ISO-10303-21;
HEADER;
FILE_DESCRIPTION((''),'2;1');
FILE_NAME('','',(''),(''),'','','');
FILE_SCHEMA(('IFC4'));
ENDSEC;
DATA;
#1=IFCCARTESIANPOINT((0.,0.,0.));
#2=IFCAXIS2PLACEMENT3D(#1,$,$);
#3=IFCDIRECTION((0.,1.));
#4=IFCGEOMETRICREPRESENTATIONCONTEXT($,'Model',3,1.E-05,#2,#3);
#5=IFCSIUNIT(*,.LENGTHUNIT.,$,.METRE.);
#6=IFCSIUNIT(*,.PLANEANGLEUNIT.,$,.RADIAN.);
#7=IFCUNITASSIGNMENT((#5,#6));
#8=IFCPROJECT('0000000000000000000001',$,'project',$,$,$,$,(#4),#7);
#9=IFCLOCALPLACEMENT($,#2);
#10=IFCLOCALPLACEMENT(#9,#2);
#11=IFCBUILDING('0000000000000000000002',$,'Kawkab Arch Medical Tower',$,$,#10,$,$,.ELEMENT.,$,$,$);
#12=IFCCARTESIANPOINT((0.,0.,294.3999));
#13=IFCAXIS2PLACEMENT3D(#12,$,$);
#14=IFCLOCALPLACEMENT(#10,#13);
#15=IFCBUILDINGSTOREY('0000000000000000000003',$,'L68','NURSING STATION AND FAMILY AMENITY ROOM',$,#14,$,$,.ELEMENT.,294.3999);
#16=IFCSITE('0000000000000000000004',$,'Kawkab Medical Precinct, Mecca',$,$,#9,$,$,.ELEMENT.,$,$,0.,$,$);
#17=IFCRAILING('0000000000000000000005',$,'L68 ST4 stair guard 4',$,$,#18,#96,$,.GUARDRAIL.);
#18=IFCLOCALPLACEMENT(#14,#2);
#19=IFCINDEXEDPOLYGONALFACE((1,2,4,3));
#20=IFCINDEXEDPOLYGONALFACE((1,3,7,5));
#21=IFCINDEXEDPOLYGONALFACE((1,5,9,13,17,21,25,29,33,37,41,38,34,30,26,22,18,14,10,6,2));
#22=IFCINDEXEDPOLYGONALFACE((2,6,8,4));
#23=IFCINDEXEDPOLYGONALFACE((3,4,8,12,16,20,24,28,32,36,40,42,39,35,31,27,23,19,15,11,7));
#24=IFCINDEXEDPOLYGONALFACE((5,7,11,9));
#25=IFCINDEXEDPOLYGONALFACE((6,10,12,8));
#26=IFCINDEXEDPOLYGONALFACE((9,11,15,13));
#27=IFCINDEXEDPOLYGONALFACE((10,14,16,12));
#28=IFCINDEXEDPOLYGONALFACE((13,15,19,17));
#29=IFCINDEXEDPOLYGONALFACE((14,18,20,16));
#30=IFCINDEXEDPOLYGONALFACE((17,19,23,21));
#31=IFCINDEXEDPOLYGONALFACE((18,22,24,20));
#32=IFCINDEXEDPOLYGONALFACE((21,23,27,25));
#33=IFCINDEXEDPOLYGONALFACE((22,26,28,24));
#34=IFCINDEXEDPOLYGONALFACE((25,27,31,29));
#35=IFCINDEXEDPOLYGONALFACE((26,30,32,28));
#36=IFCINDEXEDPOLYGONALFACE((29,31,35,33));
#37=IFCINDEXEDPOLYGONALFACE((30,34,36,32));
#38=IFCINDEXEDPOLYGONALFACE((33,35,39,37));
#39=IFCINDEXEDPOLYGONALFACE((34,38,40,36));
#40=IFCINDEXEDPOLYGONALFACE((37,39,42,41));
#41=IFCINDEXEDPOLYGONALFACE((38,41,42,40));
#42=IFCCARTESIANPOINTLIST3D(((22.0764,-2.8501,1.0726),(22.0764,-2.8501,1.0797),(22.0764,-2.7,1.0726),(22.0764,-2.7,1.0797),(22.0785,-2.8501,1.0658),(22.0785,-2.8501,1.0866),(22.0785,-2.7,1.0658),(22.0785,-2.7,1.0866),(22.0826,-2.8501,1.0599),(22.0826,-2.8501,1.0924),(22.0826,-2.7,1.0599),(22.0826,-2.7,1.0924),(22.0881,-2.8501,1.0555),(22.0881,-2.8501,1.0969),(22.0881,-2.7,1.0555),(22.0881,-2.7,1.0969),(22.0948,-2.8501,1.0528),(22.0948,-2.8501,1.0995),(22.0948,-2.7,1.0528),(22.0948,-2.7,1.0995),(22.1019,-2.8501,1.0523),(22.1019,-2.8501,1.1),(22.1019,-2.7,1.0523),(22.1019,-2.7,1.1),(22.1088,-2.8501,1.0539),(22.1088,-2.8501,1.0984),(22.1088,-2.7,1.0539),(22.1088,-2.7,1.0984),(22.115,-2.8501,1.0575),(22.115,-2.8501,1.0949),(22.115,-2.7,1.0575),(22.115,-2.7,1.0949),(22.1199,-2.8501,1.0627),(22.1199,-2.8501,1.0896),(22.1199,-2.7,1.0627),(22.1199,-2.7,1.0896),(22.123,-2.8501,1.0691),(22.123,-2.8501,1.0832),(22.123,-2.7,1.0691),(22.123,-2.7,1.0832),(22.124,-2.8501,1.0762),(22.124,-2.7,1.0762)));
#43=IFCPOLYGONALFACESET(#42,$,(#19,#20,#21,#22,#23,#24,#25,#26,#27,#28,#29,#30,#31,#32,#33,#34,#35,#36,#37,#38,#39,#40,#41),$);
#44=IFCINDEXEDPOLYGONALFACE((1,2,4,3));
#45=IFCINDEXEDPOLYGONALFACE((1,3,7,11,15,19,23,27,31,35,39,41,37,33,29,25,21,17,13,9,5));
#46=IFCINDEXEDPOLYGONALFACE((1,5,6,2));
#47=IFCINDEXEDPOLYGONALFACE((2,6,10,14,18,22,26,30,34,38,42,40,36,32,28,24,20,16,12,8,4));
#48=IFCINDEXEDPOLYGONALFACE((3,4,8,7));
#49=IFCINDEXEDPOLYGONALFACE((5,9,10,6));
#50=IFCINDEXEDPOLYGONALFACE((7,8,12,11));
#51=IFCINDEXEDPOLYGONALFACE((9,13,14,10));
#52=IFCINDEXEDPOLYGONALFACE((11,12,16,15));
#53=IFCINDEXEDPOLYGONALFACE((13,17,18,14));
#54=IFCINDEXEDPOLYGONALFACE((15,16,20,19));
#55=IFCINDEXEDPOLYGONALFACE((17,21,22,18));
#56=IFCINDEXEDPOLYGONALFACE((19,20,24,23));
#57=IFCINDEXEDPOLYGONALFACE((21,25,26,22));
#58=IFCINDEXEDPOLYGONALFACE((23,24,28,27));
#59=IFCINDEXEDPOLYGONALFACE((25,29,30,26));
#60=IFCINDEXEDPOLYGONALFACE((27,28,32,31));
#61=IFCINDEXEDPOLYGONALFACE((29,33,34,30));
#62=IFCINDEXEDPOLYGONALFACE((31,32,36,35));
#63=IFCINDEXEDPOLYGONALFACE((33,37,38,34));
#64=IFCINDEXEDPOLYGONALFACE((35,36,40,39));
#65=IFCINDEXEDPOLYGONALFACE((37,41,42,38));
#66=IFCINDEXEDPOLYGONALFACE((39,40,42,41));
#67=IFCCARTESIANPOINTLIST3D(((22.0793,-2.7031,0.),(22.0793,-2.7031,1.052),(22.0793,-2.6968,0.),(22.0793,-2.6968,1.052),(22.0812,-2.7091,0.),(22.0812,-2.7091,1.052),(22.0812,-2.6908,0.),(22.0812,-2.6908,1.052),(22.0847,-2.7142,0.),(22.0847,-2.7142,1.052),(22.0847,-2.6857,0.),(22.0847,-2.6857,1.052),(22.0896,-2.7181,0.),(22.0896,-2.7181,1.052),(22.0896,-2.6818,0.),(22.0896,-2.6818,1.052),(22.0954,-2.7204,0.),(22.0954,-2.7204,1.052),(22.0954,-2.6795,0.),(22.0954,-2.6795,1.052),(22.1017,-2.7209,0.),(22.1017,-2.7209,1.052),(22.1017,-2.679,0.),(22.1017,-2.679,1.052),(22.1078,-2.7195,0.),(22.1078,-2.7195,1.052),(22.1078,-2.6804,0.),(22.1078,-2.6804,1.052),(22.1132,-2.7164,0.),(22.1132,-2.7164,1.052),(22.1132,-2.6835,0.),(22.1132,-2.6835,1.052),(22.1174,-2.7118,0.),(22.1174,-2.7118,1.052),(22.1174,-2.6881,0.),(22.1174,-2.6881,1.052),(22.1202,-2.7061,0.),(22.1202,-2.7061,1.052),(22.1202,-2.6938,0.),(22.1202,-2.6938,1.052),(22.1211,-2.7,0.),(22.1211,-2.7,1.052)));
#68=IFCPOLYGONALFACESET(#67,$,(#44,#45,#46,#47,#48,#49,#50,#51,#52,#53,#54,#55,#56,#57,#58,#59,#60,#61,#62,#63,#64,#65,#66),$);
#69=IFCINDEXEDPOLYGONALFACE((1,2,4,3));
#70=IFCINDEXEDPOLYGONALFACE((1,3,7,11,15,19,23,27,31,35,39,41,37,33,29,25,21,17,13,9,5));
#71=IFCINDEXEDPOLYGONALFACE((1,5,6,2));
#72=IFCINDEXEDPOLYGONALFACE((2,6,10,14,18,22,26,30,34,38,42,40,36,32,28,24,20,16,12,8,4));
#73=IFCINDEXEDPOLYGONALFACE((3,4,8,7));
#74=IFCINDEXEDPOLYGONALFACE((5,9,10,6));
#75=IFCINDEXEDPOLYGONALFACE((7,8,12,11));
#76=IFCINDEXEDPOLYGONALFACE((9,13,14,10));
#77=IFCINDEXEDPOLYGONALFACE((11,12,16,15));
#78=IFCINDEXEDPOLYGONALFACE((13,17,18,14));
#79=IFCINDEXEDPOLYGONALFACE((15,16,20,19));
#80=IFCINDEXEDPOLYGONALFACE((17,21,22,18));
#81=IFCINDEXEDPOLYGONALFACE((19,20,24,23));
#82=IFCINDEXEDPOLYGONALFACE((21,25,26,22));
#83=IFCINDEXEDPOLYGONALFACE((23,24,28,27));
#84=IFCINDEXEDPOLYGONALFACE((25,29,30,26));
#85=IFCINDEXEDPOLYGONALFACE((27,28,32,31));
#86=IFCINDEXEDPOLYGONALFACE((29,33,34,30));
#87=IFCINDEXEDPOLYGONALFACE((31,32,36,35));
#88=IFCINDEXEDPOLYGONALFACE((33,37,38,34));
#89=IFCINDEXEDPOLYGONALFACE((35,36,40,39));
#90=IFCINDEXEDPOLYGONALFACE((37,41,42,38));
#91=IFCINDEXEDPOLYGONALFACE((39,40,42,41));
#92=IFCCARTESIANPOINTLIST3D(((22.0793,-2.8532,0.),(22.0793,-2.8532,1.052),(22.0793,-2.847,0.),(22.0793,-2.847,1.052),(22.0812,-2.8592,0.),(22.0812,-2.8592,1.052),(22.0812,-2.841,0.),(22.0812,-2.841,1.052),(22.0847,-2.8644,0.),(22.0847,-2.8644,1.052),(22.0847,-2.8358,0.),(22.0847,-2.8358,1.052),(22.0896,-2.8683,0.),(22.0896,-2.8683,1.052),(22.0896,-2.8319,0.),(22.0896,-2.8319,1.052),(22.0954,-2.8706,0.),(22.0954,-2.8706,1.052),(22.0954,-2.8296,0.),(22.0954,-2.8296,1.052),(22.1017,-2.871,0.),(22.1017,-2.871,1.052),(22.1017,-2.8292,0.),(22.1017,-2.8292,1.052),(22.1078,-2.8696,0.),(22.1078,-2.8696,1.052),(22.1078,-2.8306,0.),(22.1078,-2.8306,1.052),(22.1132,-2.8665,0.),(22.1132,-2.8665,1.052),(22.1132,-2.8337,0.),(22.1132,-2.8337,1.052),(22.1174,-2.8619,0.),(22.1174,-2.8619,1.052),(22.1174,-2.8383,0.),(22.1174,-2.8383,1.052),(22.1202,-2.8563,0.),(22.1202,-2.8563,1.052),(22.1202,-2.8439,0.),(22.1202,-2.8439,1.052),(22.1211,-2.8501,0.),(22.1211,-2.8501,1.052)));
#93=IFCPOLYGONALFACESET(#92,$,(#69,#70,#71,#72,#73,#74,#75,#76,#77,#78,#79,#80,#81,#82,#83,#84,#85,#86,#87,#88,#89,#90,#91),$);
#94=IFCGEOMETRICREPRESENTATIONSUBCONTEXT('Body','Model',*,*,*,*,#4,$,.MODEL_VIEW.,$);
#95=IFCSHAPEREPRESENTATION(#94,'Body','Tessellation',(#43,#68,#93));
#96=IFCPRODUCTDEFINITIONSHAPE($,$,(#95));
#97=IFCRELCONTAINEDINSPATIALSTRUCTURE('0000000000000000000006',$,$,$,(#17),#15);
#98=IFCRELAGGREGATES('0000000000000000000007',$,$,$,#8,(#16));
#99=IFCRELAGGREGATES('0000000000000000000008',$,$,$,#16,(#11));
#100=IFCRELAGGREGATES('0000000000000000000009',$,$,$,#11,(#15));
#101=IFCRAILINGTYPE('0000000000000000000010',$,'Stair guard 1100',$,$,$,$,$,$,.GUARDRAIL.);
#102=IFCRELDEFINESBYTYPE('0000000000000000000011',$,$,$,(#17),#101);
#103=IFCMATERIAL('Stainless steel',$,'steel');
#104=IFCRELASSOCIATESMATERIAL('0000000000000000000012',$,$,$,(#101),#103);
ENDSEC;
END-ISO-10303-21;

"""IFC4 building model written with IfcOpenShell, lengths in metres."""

from ifc_helpers import new_model, si_unit, direction, frame, origin, origin_2d, place, context, subcontext, project, spatial, circle, extrude, material, type_object, element, save


model = new_model("IFC4")

# Units and contexts
model_context = context("Model", 3, precision=1e-05, world=origin(), true_north=direction((0.0, 1.0)))
body_context = subcontext(model_context, "Body", "Model", "MODEL_VIEW")
ifc_project = project(units=[si_unit("LENGTHUNIT", "METRE"), si_unit("PLANEANGLEUNIT", "RADIAN")], contexts=[model_context])

# Site, building, storey
site_placement = place(None, origin())
site = spatial("IfcSite", under=ifc_project, at=site_placement, Name="Kawkab Medical Precinct, Mecca", CompositionType="ELEMENT", RefElevation=0.0)
building_placement = place(site_placement, origin())
building = spatial("IfcBuilding", under=site, at=building_placement, Name="Kawkab Arch Medical Tower", CompositionType="ELEMENT")
storey_placement = place(building_placement, frame((0.0, 0.0, 294.3999)))
storey = spatial("IfcBuildingStorey", under=building, at=storey_placement, Name="L68", Description="NURSING STATION AND FAMILY AMENITY ROOM", CompositionType="ELEMENT", Elevation=294.3999)

# Railing
ifc_material_1 = material(Name="Stainless steel", Category="steel")
railing_type_1 = type_object("IfcRailingType", Name="Stair guard 1100", PredefinedType="GUARDRAIL", material=ifc_material_1)
railing_1_placement = place(storey_placement, frame((22.1001, -2.7, 0.0)))
element("IfcRailing", 1, at=railing_1_placement, inside=storey, type_object=railing_type_1, Name="L68 ST4 stair guard 4", PredefinedType="GUARDRAIL", context=body_context, shape_type="SweptSolid", body=[
    extrude(circle(Radius=0.0239, at=origin_2d()), frame((0.0, 0.0, 1.0762), z_axis=(0.0, -1.0, 0.0), x_axis=(1.0, 0.0, 0.0)), (0.0, 0.0, 1.0), 0.1501),
    extrude(circle(Radius=0.021, at=origin_2d()), origin(), (0.0, 0.0, 1.0), 1.052),
    extrude(circle(Radius=0.021, at=origin_2d()), frame((0.0, -0.1501, 0.0)), (0.0, 0.0, 1.0), 1.052),
])

save(model, "model.ifc")
